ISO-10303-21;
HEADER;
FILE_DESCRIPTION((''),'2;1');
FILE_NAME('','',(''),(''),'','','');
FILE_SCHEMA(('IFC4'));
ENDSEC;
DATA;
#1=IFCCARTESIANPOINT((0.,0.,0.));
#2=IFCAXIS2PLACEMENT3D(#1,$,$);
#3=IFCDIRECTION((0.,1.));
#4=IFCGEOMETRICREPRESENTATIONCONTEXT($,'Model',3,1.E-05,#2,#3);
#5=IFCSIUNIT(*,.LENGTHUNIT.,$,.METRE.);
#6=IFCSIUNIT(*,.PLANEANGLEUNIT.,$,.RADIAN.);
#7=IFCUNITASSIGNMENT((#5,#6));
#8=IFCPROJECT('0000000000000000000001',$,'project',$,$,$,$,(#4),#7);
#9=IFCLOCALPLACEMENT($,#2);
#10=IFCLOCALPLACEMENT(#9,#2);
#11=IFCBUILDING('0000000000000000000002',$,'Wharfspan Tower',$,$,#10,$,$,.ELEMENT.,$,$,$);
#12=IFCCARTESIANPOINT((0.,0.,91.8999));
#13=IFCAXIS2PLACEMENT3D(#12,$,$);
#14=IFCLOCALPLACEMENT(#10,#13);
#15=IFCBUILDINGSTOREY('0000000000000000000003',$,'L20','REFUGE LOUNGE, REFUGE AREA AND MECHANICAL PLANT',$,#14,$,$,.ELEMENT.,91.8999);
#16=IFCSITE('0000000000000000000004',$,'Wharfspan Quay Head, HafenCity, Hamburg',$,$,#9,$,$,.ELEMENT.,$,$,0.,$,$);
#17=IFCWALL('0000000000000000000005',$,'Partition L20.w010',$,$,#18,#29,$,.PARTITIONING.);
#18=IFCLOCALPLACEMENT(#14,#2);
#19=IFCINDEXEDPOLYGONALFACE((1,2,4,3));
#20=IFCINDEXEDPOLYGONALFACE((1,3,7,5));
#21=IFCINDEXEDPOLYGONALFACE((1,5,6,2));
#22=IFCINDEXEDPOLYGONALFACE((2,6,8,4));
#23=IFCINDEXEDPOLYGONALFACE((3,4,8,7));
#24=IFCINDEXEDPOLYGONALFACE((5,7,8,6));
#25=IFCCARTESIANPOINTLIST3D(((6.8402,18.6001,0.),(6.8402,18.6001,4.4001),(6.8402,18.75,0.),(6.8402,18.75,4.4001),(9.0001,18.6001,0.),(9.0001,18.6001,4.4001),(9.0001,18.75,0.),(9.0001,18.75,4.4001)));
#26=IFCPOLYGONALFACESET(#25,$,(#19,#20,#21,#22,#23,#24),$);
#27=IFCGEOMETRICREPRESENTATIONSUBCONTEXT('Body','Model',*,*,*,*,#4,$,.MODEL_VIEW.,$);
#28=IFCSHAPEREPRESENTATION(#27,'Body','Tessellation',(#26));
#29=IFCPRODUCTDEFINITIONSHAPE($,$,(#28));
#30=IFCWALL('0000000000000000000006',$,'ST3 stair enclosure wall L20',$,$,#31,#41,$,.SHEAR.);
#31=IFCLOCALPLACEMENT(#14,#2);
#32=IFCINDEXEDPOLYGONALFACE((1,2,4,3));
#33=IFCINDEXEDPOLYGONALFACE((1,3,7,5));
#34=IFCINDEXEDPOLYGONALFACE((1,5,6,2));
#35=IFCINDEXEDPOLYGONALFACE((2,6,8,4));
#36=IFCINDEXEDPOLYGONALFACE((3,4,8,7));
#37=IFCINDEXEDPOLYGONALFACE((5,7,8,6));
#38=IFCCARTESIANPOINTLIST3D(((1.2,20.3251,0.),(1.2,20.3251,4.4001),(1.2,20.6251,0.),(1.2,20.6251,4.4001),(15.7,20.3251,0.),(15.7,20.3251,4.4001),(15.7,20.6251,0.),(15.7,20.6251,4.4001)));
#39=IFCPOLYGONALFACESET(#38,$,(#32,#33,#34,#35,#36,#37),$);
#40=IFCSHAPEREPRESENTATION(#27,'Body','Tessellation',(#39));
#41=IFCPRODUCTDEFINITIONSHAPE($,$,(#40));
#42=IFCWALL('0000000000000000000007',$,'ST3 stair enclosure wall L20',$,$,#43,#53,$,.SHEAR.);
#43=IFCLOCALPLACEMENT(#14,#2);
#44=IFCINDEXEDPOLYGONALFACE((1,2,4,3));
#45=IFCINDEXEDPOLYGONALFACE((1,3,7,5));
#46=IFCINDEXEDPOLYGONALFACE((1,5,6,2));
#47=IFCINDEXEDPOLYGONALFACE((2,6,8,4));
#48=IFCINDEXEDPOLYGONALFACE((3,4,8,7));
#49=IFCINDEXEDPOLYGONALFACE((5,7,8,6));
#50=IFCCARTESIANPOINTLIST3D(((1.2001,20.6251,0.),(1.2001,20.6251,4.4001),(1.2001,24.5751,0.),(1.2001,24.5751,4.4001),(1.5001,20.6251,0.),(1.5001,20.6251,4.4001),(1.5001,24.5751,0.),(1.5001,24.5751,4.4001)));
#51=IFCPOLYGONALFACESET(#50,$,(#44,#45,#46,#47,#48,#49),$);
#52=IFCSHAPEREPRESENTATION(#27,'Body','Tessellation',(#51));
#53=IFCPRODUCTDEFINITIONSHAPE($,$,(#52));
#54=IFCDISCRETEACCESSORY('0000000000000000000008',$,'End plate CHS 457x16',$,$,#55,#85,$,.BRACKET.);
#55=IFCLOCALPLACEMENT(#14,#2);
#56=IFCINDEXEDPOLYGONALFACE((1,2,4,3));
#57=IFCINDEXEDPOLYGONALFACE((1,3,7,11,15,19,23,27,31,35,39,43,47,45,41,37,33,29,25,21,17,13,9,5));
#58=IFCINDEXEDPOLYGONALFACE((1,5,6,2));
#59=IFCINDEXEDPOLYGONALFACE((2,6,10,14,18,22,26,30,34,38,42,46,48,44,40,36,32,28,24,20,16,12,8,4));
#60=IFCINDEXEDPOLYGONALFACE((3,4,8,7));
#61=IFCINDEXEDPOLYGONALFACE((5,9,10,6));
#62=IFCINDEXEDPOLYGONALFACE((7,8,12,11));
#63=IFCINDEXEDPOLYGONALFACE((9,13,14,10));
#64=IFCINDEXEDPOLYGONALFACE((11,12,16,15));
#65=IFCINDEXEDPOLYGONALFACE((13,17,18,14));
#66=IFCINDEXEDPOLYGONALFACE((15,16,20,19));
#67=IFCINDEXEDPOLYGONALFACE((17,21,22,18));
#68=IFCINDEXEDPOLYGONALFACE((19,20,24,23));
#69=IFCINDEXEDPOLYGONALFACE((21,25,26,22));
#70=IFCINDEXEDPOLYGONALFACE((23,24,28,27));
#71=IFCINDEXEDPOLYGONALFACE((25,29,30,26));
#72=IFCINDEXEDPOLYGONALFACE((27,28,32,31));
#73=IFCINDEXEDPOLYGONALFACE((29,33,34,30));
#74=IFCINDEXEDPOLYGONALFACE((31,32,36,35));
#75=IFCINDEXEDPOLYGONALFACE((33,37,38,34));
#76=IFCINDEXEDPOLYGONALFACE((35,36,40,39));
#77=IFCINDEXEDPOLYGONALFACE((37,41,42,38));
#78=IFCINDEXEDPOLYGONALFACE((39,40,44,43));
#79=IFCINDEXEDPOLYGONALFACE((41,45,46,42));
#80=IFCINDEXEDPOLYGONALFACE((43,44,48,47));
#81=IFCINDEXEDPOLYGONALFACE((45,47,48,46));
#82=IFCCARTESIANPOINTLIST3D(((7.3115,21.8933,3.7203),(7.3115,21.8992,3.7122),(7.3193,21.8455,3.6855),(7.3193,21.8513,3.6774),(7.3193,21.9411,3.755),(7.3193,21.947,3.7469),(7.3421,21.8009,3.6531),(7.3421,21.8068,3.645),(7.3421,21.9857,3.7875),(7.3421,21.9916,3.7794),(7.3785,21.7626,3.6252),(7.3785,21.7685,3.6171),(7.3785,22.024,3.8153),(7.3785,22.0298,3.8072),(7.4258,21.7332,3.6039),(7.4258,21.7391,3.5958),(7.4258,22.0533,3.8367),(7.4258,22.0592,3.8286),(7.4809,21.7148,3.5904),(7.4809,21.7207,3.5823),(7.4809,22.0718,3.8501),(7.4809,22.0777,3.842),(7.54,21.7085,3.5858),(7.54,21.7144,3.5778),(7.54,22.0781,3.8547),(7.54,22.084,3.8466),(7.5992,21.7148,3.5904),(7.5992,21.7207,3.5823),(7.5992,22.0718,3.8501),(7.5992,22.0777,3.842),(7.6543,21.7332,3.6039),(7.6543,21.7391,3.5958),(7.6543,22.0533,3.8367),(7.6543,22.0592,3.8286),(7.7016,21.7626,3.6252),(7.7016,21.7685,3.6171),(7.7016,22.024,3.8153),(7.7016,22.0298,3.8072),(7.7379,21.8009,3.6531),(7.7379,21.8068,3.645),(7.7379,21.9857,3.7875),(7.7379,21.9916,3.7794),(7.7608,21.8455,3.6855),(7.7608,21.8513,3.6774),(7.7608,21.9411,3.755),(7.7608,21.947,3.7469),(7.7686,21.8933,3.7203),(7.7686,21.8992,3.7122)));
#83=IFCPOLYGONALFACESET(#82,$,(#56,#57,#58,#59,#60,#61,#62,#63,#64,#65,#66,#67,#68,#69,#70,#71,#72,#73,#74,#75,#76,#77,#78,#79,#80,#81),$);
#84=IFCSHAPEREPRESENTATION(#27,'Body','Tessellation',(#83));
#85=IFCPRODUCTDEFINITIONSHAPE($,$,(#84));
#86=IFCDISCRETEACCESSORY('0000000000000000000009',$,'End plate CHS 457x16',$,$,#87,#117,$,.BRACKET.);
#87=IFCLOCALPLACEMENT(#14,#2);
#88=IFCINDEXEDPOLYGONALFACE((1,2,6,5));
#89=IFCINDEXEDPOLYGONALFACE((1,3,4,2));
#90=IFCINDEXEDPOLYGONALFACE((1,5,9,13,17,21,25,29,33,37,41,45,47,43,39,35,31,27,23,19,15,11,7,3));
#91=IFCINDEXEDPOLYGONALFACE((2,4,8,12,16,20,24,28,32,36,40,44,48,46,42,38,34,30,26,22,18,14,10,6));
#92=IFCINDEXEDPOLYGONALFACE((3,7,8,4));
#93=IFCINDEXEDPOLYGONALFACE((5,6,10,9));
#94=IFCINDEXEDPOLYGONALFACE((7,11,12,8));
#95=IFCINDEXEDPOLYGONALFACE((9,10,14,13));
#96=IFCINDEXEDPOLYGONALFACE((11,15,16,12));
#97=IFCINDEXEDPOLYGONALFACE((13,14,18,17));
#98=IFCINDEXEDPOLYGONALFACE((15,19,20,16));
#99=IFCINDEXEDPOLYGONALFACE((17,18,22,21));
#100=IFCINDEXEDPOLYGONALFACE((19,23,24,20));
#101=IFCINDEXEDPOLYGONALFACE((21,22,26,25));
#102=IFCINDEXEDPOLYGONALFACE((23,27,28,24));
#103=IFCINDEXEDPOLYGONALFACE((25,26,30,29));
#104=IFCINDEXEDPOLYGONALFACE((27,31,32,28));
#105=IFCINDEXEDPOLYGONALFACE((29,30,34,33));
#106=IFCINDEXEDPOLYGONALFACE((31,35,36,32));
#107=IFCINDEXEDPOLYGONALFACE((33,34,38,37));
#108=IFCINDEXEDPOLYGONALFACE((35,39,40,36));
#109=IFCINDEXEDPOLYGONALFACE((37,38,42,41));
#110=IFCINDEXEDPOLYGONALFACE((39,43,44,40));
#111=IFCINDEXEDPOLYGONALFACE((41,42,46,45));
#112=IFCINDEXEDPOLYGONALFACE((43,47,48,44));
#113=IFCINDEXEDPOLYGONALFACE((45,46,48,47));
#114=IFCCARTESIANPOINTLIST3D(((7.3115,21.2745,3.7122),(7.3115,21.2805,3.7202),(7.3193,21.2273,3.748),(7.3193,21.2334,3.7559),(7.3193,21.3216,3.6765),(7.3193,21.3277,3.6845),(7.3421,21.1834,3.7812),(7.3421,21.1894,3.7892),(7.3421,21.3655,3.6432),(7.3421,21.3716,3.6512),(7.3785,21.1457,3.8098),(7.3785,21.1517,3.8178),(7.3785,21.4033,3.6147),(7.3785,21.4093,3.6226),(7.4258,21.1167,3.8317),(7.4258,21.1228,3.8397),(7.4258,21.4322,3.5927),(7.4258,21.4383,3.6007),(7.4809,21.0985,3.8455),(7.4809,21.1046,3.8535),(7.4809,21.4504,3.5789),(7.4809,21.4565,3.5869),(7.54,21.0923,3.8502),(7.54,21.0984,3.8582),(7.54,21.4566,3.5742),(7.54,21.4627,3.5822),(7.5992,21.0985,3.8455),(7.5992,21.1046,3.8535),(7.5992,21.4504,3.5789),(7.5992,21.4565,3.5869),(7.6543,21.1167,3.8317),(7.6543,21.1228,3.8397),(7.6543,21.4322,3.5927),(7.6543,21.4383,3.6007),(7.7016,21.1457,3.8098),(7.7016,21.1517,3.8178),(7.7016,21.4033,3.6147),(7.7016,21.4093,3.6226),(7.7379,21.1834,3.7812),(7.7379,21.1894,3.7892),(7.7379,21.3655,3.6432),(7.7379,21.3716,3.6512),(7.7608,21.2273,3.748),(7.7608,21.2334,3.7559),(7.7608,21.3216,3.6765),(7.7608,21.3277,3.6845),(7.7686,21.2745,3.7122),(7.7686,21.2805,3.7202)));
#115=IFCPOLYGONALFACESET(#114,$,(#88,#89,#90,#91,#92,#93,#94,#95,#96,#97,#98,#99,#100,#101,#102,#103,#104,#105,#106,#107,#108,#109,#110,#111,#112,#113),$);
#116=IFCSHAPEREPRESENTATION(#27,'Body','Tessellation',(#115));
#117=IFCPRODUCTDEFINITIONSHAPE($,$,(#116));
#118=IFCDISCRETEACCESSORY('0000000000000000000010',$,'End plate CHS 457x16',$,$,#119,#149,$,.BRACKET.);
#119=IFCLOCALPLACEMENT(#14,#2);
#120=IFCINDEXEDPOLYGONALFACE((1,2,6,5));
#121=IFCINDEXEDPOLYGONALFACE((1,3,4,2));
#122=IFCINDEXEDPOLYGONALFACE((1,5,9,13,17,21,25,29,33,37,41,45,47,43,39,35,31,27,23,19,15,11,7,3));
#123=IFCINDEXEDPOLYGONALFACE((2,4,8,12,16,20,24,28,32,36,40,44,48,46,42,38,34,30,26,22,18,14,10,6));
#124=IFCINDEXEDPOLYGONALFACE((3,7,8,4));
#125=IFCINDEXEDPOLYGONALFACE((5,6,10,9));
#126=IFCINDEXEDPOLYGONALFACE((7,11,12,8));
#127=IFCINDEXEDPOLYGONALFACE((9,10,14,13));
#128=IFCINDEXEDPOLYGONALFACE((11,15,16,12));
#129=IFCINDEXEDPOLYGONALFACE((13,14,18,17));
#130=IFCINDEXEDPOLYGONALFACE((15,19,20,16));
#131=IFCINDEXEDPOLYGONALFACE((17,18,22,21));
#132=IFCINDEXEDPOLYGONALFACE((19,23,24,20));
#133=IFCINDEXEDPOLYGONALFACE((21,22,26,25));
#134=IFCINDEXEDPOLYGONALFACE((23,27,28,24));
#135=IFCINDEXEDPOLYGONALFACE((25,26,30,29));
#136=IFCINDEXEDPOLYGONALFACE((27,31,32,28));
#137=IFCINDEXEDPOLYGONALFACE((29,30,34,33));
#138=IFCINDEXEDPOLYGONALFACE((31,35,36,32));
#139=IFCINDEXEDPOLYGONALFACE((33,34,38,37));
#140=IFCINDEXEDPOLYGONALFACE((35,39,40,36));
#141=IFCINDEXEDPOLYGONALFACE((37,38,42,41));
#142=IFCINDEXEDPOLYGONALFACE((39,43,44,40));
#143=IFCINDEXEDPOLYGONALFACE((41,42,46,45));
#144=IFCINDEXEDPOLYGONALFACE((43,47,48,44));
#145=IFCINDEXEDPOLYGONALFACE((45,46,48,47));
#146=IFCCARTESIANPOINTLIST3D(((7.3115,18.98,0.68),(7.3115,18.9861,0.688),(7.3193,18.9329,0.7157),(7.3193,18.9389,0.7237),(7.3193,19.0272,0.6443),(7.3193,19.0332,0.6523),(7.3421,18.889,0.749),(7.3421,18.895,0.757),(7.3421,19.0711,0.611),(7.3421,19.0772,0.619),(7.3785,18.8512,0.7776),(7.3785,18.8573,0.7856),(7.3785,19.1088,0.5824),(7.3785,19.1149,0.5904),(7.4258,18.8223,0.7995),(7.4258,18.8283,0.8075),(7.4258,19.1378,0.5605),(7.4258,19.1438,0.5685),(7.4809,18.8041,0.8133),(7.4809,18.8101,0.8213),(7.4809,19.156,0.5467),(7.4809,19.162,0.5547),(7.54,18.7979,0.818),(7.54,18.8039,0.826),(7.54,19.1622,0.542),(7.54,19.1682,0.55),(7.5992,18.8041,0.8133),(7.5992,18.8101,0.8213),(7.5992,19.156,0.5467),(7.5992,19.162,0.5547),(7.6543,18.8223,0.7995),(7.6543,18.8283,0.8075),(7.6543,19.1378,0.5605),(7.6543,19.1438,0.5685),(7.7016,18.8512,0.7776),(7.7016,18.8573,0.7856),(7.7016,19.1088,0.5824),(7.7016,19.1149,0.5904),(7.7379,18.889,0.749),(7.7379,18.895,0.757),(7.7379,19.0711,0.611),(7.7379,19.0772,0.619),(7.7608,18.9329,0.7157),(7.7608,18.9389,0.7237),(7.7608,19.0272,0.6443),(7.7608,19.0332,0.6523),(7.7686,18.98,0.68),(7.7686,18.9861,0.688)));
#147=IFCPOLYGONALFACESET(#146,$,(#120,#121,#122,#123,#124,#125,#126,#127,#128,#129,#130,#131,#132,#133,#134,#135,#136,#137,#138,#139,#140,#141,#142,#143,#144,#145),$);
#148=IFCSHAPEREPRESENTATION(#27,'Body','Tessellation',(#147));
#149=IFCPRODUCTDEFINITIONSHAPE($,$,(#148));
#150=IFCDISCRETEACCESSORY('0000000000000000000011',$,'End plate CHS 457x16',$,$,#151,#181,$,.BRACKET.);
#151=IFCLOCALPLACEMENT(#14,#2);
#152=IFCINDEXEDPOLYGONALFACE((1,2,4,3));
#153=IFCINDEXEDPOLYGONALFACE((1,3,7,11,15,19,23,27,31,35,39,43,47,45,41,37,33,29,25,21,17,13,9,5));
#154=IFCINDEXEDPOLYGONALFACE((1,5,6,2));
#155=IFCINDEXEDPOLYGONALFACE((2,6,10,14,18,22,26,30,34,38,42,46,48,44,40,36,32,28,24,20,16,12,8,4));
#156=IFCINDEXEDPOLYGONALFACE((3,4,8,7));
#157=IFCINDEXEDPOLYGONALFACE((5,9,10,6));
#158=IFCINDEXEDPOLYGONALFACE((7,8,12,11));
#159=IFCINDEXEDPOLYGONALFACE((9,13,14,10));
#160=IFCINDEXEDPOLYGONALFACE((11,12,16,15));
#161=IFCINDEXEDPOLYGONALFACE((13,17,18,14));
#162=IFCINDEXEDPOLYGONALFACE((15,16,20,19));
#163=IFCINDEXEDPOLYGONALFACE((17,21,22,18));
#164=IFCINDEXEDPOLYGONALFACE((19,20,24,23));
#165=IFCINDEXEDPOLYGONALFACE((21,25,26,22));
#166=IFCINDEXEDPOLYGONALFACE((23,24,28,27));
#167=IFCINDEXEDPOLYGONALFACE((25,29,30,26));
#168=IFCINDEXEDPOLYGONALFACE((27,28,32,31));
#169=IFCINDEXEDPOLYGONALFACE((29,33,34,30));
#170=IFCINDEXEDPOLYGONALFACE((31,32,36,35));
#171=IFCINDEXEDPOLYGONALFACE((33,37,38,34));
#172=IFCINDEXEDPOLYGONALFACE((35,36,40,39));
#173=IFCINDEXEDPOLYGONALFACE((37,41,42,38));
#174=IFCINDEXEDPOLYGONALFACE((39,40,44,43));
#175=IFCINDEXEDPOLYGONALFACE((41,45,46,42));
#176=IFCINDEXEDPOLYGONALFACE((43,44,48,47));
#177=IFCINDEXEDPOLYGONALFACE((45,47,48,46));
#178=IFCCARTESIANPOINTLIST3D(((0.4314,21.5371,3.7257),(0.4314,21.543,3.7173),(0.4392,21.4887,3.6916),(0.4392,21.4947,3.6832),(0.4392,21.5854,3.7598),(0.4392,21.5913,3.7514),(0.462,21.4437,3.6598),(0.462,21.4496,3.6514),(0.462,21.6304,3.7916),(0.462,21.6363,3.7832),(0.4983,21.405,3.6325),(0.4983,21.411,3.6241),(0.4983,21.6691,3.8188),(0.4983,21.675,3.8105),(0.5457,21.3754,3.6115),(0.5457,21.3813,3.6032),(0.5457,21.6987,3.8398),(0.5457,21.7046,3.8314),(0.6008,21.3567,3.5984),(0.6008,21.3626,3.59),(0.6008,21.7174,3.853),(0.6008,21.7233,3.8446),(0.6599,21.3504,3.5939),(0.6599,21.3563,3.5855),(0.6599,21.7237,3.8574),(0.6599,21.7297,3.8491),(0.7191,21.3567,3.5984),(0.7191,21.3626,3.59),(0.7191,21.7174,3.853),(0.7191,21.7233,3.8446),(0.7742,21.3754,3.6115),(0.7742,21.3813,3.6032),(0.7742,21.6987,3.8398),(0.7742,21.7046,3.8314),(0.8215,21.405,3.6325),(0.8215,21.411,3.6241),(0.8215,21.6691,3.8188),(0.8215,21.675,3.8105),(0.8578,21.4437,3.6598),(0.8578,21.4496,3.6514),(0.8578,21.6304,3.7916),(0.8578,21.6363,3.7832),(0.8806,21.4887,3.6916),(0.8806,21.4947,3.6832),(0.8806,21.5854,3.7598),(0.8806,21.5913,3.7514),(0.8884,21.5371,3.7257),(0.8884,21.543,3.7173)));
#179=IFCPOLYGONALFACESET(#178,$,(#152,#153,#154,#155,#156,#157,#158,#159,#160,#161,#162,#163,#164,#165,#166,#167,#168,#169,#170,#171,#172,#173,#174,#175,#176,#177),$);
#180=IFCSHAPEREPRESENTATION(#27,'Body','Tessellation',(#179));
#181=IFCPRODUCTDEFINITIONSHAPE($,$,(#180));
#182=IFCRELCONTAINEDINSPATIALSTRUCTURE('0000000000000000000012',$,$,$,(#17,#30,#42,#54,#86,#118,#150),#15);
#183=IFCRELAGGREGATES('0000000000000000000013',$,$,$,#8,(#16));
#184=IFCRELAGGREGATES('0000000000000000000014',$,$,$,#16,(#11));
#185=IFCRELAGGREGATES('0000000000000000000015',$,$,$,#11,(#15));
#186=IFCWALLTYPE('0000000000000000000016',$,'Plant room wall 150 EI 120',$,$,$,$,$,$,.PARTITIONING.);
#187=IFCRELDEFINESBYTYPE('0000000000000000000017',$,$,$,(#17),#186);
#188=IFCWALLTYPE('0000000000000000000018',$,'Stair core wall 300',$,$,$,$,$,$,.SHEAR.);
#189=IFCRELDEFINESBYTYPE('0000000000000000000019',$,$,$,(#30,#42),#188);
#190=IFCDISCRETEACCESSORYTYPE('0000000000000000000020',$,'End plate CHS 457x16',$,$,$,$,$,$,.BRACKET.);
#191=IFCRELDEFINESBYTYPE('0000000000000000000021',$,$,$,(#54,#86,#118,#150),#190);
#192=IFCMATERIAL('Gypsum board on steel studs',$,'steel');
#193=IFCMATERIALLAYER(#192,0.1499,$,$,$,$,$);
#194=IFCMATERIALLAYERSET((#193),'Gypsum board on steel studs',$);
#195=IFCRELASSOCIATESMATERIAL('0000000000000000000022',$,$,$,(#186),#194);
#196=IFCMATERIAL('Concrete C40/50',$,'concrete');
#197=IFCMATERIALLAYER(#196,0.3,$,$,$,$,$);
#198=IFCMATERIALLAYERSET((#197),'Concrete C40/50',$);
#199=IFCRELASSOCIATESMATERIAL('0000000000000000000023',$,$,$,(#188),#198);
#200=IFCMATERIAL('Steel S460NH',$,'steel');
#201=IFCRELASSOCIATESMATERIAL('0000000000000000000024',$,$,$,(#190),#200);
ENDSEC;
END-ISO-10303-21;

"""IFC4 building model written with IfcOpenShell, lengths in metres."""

from ifc_helpers import new_model, si_unit, direction, frame, frame_2d, origin, origin_2d, place, context, subcontext, project, spatial, rectangle, circle, extrude, material, layer, layer_set, material_profile, profile_set, type_object, element, save


model = new_model("IFC4")

# Units and contexts
model_context = context("Model", 3, precision=1e-05, world=origin(), true_north=direction((0.0, 1.0)))
body_context = subcontext(model_context, "Body", "Model", "MODEL_VIEW")
ifc_project = project(units=[si_unit("LENGTHUNIT", "METRE"), si_unit("PLANEANGLEUNIT", "RADIAN")], contexts=[model_context])

# Site, building, storey
site_placement = place(None, origin())
site = spatial("IfcSite", under=ifc_project, at=site_placement, Name="Wharfspan Quay Head, HafenCity, Hamburg", CompositionType="ELEMENT", RefElevation=0.0)
building_placement = place(site_placement, origin())
building = spatial("IfcBuilding", under=site, at=building_placement, Name="Wharfspan Tower", CompositionType="ELEMENT")
storey_placement = place(building_placement, frame((0.0, 0.0, 91.8999)))
storey = spatial("IfcBuildingStorey", under=building, at=storey_placement, Name="L20", Description="REFUGE LOUNGE, REFUGE AREA AND MECHANICAL PLANT", CompositionType="ELEMENT", Elevation=91.8999)

# Shared definitions
ifc_material_1 = material(Name="Steel S460NH", Category="steel")

# Shared definitions
ifc_material_2 = material(Name="Gypsum board on steel studs", Category="steel")
ifc_layer_1 = layer(ifc_material_2, 0.1499)
ifc_layer_set_1 = layer_set([ifc_layer_1], Name="Gypsum board on steel studs")
wall_type_1 = type_object("IfcWallType", Name="Plant room wall 150 EI 120", PredefinedType="PARTITIONING", material=ifc_layer_set_1)

# Walls
wall_1_placement = place(storey_placement, frame((6.8401, 18.675, 0.0), z_axis=(0.0, 0.0, 1.0), x_axis=(1.0, 0.0, 0.0)))
element("IfcWall", 1, at=wall_1_placement, inside=storey, type_object=wall_type_1, Name="Partition L20.w010", PredefinedType="PARTITIONING", context=body_context, shape_type="SweptSolid", body=[
    extrude(rectangle(XDim=2.1599, YDim=0.1499, at=frame_2d((1.0801, 0.0))), origin(), (0.0, 0.0, 1.0), 4.4001),
])
ifc_material_3 = material(Name="Concrete C40/50", Category="concrete")
ifc_layer_2 = layer(ifc_material_3, 0.3)
ifc_layer_set_2 = layer_set([ifc_layer_2], Name="Concrete C40/50")
wall_type_2 = type_object("IfcWallType", Name="Stair core wall 300", PredefinedType="SHEAR", material=ifc_layer_set_2)
wall_2_placement = place(storey_placement, frame((1.2, 20.4751, 0.0), z_axis=(0.0, 0.0, 1.0), x_axis=(1.0, 0.0, 0.0)))
element("IfcWall", 2, at=wall_2_placement, inside=storey, type_object=wall_type_2, Name="ST3 stair enclosure wall L20", PredefinedType="SHEAR", context=body_context, shape_type="SweptSolid", body=[
    extrude(rectangle(XDim=14.5, YDim=0.3, at=frame_2d((7.25, 0.0))), origin(), (0.0, 0.0, 1.0), 4.4001),
])
wall_3_placement = place(storey_placement, frame((1.3501, 20.625, 0.0), z_axis=(0.0, 0.0, 1.0), x_axis=(0.0, 1.0, 0.0)))
element("IfcWall", 3, at=wall_3_placement, inside=storey, type_object=wall_type_2, Name="ST3 stair enclosure wall L20", PredefinedType="SHEAR", context=body_context, shape_type="SweptSolid", body=[
    extrude(rectangle(XDim=3.95, YDim=0.3, at=frame_2d((1.9751, 0.0))), origin(), (0.0, 0.0, 1.0), 4.4001),
])

# Discrete accessories
ifc_material_profile_1 = material_profile(ifc_material_1, circle(Radius=0.2285, at=origin_2d()))
ifc_profile_set_1 = profile_set([ifc_material_profile_1], Name="Steel S460NH")
discrete_accessory_type_1 = type_object("IfcDiscreteAccessoryType", Name="End plate CHS 457x16", PredefinedType="BRACKET", material=ifc_profile_set_1)
for number, where, z_axis, x_axis, name in (
    (4, (7.54, 21.8992, 3.7122), (0.0, -0.588172, 0.808736), (1.0, 0.0, 0.0), "End plate CHS 457x16"),
    (5, (7.54, 21.2805, 3.7202), (0.0, -0.603858, -0.797092), (1.0, 0.0, 0.0), "End plate CHS 457x16"),
    (6, (7.54, 18.9861, 0.688), (0.0, -0.603858, -0.797092), (1.0, 0.0, 0.0), "End plate CHS 457x16"),
):
    element("IfcDiscreteAccessory", number, at=place(storey_placement, frame(where, z_axis=z_axis, x_axis=x_axis)), inside=storey, type_object=discrete_accessory_type_1, Name=name, PredefinedType="BRACKET", context=body_context, shape_type="SweptSolid", body=[
        extrude(circle(Radius=0.2285, at=origin_2d()), origin(), (0.0, 0.0, 1.0), 0.01),
    ])
for number, where, z_axis, x_axis, name in (
    (7, (0.6599, 21.543, 3.7173), (0.0, -0.576683, 0.816968), (1.0, 0.0, 0.0), "End plate CHS 457x16"),
):
    element("IfcDiscreteAccessory", number, at=place(storey_placement, frame(where, z_axis=z_axis, x_axis=x_axis)), inside=storey, type_object=discrete_accessory_type_1, Name=name, PredefinedType="BRACKET", context=body_context, shape_type="SweptSolid", body=[
        extrude(circle(Radius=0.2285, at=origin_2d()), origin(), (0.0, 0.0, 1.0), 0.0103),
    ])

save(model, "model.ifc")
